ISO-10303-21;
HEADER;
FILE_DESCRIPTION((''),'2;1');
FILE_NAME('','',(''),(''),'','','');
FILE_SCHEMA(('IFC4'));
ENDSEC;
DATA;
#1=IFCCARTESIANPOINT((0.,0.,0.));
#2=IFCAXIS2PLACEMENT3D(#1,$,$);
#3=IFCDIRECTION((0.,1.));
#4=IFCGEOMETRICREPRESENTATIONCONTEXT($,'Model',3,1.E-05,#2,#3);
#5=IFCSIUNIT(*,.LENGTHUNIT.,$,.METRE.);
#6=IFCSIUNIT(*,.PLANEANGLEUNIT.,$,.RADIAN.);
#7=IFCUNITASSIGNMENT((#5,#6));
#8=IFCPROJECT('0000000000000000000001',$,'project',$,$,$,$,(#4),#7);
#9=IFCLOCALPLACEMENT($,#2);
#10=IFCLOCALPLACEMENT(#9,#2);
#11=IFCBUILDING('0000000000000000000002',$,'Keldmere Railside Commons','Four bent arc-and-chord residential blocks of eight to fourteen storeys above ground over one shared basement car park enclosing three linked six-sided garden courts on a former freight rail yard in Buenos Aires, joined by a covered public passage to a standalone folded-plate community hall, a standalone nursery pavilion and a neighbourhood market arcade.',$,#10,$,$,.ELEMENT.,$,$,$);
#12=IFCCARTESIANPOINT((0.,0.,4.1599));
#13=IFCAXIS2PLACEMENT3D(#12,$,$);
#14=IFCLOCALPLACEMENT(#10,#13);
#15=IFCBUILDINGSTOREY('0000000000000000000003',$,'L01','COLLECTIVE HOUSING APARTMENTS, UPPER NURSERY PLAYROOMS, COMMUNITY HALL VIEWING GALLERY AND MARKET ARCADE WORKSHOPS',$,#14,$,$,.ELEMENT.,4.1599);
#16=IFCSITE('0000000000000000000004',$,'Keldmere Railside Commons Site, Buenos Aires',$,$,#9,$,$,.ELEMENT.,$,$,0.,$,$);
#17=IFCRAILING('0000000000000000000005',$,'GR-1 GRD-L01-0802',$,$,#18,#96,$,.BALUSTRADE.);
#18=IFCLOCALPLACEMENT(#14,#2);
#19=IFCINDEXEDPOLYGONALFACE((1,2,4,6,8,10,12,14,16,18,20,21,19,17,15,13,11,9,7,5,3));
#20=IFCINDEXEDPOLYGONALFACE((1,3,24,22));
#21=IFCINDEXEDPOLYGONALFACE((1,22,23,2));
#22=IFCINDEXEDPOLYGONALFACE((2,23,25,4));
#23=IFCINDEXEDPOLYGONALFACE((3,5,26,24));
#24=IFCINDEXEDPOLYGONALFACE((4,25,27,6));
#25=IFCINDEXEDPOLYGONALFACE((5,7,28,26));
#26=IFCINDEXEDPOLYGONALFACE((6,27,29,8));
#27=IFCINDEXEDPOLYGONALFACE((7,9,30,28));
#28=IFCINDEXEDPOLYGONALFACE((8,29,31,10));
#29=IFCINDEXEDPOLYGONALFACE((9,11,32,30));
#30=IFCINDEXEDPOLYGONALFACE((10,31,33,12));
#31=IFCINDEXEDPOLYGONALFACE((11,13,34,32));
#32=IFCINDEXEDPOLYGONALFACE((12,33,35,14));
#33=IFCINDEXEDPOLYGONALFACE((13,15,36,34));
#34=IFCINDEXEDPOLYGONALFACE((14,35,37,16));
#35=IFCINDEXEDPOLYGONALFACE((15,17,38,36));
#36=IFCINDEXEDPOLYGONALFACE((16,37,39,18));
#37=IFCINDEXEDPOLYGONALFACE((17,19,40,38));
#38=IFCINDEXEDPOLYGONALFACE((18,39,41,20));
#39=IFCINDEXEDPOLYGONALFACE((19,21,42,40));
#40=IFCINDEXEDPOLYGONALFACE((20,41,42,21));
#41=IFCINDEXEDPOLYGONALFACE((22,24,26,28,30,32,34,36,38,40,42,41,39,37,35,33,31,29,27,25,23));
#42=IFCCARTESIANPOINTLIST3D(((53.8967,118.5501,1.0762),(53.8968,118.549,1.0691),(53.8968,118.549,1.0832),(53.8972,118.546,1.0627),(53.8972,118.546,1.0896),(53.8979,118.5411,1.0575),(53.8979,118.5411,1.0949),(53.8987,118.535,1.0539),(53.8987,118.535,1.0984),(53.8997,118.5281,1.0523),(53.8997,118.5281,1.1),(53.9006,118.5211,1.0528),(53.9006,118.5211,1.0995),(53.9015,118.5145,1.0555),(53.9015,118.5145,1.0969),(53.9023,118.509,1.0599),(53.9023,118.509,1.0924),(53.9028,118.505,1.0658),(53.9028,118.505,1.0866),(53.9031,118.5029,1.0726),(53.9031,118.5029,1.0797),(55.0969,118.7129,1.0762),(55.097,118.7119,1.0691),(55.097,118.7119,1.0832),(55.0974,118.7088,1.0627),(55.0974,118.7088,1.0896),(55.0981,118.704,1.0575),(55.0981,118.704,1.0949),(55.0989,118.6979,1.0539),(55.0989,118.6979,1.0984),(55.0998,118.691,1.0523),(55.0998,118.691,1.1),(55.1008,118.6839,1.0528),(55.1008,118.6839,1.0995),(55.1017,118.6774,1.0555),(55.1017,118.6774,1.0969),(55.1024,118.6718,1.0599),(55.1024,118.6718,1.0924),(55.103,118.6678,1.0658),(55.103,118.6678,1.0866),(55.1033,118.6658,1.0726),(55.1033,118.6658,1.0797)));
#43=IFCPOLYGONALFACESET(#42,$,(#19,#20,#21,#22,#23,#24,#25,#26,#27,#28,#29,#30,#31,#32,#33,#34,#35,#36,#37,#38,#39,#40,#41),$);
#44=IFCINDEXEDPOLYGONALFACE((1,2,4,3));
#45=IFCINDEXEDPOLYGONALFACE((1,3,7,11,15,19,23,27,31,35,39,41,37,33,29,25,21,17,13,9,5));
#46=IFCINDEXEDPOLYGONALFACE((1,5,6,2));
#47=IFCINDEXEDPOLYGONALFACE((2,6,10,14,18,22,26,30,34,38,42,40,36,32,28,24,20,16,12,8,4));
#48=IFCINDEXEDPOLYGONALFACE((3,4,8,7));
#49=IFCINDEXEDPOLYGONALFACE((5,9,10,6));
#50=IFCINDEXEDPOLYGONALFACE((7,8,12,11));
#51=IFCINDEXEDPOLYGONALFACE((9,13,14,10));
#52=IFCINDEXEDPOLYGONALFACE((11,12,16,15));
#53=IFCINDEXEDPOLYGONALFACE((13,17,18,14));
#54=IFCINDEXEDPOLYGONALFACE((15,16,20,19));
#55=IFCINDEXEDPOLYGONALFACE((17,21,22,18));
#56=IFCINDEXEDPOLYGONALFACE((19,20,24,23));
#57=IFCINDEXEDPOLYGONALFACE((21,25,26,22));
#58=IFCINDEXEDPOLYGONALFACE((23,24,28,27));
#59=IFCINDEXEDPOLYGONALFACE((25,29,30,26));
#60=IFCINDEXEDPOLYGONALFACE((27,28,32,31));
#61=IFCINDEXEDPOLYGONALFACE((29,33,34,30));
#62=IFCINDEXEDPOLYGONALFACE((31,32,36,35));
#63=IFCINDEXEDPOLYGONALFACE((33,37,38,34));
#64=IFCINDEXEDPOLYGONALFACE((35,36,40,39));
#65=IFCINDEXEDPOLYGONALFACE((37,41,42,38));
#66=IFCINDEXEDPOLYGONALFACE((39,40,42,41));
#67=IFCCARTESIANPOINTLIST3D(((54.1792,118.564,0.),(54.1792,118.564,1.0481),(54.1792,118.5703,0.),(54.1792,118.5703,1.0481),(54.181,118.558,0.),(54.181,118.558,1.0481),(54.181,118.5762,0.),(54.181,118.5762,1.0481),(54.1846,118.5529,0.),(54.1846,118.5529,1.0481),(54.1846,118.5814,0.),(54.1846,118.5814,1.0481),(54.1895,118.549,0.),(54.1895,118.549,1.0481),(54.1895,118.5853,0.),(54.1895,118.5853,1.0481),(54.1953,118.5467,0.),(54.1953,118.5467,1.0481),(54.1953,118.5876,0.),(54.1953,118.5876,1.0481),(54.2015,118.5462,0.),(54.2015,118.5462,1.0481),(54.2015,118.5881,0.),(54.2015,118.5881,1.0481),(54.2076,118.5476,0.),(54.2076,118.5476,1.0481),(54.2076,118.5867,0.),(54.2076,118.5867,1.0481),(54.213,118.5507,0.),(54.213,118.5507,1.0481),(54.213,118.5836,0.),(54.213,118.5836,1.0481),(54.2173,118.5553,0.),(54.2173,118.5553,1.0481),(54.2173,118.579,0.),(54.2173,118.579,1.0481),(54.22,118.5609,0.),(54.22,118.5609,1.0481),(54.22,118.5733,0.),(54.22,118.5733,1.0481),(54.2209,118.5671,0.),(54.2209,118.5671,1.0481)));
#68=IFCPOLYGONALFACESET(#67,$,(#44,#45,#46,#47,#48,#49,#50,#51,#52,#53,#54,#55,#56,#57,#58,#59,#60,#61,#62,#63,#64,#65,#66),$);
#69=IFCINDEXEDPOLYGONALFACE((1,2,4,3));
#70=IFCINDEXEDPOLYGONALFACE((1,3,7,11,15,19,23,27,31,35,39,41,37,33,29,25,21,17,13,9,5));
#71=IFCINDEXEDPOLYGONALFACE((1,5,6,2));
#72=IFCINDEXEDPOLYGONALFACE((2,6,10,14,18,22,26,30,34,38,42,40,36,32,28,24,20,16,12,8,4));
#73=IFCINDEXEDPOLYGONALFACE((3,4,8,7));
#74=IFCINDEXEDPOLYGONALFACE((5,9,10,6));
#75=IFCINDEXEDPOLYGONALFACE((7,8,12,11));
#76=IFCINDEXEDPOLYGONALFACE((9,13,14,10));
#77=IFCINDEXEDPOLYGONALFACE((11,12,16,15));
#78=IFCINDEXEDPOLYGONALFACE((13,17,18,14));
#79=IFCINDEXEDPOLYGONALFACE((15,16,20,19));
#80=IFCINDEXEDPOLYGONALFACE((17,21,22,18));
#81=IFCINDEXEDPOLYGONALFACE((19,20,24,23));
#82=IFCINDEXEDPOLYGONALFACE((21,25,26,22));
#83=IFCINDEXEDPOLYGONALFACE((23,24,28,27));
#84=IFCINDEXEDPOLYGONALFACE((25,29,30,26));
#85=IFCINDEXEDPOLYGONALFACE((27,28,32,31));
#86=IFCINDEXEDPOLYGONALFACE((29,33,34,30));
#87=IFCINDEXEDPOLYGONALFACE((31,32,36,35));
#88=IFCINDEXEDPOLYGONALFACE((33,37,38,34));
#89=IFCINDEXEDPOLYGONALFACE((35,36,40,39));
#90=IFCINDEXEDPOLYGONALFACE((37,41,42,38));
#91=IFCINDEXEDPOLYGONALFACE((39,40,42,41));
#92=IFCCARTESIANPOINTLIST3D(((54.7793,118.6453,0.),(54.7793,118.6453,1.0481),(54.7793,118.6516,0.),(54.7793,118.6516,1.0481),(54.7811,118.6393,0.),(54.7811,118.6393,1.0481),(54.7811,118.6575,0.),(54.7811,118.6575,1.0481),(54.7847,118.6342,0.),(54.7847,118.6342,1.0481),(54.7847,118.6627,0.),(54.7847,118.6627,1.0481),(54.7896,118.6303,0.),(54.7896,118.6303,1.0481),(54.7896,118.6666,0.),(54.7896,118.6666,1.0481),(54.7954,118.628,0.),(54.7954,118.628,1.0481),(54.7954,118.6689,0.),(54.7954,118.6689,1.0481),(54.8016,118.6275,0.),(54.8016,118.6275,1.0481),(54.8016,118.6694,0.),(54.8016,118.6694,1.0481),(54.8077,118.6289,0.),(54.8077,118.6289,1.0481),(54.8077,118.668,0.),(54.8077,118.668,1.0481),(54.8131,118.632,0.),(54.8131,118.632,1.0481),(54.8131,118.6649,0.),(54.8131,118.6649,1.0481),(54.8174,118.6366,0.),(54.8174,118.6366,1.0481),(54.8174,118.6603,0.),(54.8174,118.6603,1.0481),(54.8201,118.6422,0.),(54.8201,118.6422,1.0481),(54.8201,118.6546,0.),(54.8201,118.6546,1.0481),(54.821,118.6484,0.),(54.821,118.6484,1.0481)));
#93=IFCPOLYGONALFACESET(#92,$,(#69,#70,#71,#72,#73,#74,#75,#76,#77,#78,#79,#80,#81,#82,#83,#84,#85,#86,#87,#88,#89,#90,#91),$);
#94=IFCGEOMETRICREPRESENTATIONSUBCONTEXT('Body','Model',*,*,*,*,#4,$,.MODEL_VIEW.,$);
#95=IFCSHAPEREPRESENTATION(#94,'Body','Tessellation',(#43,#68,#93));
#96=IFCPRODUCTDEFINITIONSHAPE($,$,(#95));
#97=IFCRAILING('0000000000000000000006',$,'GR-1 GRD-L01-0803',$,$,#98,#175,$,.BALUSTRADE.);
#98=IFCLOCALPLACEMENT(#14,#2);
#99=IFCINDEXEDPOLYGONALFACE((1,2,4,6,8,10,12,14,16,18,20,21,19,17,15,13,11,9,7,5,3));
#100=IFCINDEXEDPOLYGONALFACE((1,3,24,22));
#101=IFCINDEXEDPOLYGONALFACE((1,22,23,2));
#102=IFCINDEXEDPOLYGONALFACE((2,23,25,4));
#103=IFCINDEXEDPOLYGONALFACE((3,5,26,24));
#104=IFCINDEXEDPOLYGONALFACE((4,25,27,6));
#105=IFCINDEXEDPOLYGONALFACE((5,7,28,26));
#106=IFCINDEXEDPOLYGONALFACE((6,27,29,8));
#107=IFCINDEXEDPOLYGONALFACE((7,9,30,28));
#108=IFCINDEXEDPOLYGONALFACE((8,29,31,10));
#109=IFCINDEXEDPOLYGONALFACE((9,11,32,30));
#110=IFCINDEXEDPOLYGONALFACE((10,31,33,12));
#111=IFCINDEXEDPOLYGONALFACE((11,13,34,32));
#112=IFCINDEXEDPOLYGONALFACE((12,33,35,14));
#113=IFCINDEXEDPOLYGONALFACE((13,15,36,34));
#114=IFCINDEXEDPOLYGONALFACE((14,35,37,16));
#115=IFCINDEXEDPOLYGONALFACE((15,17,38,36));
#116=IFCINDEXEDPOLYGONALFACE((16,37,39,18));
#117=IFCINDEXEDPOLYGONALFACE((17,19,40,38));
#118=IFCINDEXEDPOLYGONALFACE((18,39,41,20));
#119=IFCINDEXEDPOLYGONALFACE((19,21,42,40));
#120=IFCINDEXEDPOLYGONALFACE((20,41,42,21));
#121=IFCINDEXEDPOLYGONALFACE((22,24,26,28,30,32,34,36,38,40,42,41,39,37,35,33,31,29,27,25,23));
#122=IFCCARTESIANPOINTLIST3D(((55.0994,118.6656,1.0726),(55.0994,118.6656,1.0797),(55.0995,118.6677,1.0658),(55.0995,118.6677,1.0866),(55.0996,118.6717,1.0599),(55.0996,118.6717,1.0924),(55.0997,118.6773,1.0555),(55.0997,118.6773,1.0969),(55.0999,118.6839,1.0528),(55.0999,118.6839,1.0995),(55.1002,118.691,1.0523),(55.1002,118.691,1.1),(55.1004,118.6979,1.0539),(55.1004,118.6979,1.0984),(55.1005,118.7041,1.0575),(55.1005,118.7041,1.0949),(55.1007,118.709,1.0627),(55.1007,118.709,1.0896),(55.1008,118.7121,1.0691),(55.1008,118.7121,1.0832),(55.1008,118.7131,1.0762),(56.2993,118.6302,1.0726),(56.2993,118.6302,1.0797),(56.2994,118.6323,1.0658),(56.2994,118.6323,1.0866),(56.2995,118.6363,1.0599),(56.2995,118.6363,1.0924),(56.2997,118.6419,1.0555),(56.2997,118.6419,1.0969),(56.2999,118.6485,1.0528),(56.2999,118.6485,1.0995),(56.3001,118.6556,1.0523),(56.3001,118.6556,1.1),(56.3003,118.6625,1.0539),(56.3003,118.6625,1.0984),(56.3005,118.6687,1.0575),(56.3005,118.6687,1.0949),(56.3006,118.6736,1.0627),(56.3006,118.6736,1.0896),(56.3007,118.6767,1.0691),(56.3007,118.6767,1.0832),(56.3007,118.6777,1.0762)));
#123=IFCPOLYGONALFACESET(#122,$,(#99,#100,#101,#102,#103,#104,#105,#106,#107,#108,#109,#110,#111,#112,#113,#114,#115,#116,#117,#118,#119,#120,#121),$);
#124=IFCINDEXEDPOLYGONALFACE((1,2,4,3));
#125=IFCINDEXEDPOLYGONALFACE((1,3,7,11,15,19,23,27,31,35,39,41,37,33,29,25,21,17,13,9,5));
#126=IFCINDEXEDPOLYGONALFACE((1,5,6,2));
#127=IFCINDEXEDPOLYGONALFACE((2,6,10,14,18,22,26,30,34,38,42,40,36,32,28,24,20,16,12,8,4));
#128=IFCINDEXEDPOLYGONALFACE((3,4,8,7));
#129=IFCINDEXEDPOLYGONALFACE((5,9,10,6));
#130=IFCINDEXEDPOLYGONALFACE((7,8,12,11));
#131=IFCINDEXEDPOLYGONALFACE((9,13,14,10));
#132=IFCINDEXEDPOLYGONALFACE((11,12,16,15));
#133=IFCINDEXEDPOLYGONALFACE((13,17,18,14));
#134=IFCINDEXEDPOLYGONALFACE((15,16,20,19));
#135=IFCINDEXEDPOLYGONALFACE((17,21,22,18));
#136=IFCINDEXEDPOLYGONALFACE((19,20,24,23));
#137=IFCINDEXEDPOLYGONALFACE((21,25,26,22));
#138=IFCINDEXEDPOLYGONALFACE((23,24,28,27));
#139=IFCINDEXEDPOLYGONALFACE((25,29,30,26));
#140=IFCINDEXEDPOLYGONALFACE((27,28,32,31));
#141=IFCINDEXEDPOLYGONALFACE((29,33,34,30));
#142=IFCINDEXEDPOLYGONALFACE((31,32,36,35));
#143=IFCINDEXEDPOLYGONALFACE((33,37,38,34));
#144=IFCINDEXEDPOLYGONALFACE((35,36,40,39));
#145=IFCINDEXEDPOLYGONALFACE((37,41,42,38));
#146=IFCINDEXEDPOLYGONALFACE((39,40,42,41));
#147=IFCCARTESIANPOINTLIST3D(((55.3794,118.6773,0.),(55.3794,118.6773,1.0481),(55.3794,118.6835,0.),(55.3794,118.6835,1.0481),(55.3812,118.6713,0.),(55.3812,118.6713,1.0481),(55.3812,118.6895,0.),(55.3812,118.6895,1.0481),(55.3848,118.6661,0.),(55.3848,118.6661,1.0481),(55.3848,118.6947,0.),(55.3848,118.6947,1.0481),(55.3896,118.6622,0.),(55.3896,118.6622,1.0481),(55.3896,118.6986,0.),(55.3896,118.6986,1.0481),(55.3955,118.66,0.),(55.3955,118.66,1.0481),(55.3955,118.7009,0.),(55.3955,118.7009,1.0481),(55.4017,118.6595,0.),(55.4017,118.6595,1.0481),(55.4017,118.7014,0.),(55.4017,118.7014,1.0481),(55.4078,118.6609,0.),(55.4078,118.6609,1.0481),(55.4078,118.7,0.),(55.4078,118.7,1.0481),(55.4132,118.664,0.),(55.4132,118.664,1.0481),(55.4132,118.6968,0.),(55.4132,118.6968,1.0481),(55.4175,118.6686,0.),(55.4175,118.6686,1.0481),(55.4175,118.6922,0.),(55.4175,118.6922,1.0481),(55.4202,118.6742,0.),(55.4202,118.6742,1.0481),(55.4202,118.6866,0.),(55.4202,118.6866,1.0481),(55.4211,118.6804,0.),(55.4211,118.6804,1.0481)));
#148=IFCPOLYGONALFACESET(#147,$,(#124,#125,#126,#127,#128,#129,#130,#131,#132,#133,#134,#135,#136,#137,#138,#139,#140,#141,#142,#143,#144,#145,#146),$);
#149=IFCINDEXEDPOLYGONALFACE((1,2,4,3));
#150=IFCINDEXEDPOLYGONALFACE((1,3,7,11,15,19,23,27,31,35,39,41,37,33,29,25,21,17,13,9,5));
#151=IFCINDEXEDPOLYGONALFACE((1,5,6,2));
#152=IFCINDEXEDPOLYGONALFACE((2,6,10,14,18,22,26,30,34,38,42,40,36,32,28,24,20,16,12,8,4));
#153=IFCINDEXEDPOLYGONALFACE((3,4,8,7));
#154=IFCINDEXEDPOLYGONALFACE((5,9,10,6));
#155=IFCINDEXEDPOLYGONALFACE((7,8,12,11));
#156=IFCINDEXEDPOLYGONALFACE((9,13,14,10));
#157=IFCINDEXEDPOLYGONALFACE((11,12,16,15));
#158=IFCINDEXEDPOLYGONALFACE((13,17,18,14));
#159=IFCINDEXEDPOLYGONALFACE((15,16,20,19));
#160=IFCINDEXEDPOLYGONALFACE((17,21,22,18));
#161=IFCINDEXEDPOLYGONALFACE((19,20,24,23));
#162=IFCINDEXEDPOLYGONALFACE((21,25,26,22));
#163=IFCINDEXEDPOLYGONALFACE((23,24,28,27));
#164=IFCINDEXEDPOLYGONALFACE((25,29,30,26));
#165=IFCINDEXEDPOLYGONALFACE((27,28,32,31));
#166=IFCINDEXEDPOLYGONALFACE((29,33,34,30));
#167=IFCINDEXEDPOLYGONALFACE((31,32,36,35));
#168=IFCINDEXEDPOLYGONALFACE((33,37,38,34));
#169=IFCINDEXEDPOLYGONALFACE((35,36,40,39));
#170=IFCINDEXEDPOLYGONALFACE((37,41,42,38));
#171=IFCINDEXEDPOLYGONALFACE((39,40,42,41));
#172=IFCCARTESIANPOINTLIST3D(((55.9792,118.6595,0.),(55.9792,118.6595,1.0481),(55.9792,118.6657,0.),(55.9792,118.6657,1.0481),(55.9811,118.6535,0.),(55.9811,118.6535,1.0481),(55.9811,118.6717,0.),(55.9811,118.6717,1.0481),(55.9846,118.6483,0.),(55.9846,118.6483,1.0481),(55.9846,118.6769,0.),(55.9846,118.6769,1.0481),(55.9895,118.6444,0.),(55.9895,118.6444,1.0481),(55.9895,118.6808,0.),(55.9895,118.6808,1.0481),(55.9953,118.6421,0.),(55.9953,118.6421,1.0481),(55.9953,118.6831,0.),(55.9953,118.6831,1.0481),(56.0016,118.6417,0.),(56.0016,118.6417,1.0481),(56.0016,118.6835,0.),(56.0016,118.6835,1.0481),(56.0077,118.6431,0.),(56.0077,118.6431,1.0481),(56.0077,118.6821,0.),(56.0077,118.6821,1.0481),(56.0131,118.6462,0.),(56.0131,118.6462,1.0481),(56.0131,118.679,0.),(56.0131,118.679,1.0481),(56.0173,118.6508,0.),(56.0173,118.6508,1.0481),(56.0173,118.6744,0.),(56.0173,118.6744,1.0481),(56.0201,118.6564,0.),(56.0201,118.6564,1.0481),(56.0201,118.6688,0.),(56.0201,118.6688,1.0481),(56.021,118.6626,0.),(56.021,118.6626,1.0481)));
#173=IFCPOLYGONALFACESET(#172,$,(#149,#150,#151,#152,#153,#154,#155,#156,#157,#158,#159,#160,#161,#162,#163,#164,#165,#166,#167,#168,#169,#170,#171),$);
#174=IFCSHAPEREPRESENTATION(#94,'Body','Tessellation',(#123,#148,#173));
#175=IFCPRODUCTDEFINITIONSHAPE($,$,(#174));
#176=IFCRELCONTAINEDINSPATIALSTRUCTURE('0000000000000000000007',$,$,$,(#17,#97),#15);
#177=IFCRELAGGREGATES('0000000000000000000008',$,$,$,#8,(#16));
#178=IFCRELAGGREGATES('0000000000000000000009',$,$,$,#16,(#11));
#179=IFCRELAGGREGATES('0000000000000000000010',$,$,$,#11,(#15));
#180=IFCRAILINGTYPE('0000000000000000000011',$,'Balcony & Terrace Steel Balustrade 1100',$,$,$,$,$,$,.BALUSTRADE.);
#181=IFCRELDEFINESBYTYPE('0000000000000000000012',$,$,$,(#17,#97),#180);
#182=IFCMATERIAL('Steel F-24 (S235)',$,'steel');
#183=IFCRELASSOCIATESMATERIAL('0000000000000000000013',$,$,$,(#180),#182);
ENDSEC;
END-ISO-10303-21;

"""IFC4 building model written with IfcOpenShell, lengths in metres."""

from ifc_helpers import new_model, si_unit, direction, frame, origin, origin_2d, place, context, subcontext, project, spatial, circle, extrude, material, type_object, element, save


model = new_model("IFC4")

# Units and contexts
model_context = context("Model", 3, precision=1e-05, world=origin(), true_north=direction((0.0, 1.0)))
body_context = subcontext(model_context, "Body", "Model", "MODEL_VIEW")
ifc_project = project(units=[si_unit("LENGTHUNIT", "METRE"), si_unit("PLANEANGLEUNIT", "RADIAN")], contexts=[model_context])

# Site, building, storey
site_placement = place(None, origin())
site = spatial("IfcSite", under=ifc_project, at=site_placement, Name="Keldmere Railside Commons Site, Buenos Aires", CompositionType="ELEMENT", RefElevation=0.0)
building_placement = place(site_placement, origin())
building = spatial("IfcBuilding", under=site, at=building_placement, Name="Keldmere Railside Commons", Description="Four bent arc-and-chord residential blocks of eight to fourteen storeys above ground over one shared basement car park enclosing three linked six-sided garden courts on a former freight rail yard in Buenos Aires, joined by a covered public passage to a standalone folded-plate community hall, a standalone nursery pavilion and a neighbourhood market arcade.", CompositionType="ELEMENT")
storey_placement = place(building_placement, frame((0.0, 0.0, 4.1599)))
storey = spatial("IfcBuildingStorey", under=building, at=storey_placement, Name="L01", Description="COLLECTIVE HOUSING APARTMENTS, UPPER NURSERY PLAYROOMS, COMMUNITY HALL VIEWING GALLERY AND MARKET ARCADE WORKSHOPS", CompositionType="ELEMENT", Elevation=4.1599)

# Railings
ifc_material_1 = material(Name="Steel F-24 (S235)", Category="steel")
railing_type = type_object("IfcRailingType", Name="Balcony & Terrace Steel Balustrade 1100", PredefinedType="BALUSTRADE", material=ifc_material_1)
railing_1_placement = place(storey_placement, frame((53.8999, 118.5264, 0.0)))
element("IfcRailing", 1, at=railing_1_placement, inside=storey, type_object=railing_type, Name="GR-1 GRD-L01-0802", PredefinedType="BALUSTRADE", context=body_context, shape_type="SweptSolid", body=[
    extrude(circle(Radius=0.0239, at=origin_2d()), frame((0.0, 0.0, 1.0762), z_axis=(0.990921, 0.134448, 0.0), x_axis=(-0.134448, 0.990921, 0.0)), (0.0, 0.0, 1.0), 1.2112),
    extrude(circle(Radius=0.021, at=origin_2d()), frame((0.3, 0.0408, 0.0)), (0.0, 0.0, 1.0), 1.0481),
    extrude(circle(Radius=0.021, at=origin_2d()), frame((0.9001, 0.1221, 0.0)), (0.0, 0.0, 1.0), 1.0481),
])
railing_2_placement = place(storey_placement, frame((55.1001, 118.6892, 0.0)))
element("IfcRailing", 2, at=railing_2_placement, inside=storey, type_object=railing_type, Name="GR-1 GRD-L01-0803", PredefinedType="BALUSTRADE", context=body_context, shape_type="SweptSolid", body=[
    extrude(circle(Radius=0.0239, at=origin_2d()), frame((0.0, 0.0, 1.0762), z_axis=(0.999565, -0.029489, 0.0), x_axis=(0.029489, 0.999565, 0.0)), (0.0, 0.0, 1.0), 1.2004),
    extrude(circle(Radius=0.021, at=origin_2d()), frame((0.3, -0.0088, 0.0)), (0.0, 0.0, 1.0), 1.0481),
    extrude(circle(Radius=0.021, at=origin_2d()), frame((0.8999, -0.0266, 0.0)), (0.0, 0.0, 1.0), 1.0481),
])

save(model, "model.ifc")
